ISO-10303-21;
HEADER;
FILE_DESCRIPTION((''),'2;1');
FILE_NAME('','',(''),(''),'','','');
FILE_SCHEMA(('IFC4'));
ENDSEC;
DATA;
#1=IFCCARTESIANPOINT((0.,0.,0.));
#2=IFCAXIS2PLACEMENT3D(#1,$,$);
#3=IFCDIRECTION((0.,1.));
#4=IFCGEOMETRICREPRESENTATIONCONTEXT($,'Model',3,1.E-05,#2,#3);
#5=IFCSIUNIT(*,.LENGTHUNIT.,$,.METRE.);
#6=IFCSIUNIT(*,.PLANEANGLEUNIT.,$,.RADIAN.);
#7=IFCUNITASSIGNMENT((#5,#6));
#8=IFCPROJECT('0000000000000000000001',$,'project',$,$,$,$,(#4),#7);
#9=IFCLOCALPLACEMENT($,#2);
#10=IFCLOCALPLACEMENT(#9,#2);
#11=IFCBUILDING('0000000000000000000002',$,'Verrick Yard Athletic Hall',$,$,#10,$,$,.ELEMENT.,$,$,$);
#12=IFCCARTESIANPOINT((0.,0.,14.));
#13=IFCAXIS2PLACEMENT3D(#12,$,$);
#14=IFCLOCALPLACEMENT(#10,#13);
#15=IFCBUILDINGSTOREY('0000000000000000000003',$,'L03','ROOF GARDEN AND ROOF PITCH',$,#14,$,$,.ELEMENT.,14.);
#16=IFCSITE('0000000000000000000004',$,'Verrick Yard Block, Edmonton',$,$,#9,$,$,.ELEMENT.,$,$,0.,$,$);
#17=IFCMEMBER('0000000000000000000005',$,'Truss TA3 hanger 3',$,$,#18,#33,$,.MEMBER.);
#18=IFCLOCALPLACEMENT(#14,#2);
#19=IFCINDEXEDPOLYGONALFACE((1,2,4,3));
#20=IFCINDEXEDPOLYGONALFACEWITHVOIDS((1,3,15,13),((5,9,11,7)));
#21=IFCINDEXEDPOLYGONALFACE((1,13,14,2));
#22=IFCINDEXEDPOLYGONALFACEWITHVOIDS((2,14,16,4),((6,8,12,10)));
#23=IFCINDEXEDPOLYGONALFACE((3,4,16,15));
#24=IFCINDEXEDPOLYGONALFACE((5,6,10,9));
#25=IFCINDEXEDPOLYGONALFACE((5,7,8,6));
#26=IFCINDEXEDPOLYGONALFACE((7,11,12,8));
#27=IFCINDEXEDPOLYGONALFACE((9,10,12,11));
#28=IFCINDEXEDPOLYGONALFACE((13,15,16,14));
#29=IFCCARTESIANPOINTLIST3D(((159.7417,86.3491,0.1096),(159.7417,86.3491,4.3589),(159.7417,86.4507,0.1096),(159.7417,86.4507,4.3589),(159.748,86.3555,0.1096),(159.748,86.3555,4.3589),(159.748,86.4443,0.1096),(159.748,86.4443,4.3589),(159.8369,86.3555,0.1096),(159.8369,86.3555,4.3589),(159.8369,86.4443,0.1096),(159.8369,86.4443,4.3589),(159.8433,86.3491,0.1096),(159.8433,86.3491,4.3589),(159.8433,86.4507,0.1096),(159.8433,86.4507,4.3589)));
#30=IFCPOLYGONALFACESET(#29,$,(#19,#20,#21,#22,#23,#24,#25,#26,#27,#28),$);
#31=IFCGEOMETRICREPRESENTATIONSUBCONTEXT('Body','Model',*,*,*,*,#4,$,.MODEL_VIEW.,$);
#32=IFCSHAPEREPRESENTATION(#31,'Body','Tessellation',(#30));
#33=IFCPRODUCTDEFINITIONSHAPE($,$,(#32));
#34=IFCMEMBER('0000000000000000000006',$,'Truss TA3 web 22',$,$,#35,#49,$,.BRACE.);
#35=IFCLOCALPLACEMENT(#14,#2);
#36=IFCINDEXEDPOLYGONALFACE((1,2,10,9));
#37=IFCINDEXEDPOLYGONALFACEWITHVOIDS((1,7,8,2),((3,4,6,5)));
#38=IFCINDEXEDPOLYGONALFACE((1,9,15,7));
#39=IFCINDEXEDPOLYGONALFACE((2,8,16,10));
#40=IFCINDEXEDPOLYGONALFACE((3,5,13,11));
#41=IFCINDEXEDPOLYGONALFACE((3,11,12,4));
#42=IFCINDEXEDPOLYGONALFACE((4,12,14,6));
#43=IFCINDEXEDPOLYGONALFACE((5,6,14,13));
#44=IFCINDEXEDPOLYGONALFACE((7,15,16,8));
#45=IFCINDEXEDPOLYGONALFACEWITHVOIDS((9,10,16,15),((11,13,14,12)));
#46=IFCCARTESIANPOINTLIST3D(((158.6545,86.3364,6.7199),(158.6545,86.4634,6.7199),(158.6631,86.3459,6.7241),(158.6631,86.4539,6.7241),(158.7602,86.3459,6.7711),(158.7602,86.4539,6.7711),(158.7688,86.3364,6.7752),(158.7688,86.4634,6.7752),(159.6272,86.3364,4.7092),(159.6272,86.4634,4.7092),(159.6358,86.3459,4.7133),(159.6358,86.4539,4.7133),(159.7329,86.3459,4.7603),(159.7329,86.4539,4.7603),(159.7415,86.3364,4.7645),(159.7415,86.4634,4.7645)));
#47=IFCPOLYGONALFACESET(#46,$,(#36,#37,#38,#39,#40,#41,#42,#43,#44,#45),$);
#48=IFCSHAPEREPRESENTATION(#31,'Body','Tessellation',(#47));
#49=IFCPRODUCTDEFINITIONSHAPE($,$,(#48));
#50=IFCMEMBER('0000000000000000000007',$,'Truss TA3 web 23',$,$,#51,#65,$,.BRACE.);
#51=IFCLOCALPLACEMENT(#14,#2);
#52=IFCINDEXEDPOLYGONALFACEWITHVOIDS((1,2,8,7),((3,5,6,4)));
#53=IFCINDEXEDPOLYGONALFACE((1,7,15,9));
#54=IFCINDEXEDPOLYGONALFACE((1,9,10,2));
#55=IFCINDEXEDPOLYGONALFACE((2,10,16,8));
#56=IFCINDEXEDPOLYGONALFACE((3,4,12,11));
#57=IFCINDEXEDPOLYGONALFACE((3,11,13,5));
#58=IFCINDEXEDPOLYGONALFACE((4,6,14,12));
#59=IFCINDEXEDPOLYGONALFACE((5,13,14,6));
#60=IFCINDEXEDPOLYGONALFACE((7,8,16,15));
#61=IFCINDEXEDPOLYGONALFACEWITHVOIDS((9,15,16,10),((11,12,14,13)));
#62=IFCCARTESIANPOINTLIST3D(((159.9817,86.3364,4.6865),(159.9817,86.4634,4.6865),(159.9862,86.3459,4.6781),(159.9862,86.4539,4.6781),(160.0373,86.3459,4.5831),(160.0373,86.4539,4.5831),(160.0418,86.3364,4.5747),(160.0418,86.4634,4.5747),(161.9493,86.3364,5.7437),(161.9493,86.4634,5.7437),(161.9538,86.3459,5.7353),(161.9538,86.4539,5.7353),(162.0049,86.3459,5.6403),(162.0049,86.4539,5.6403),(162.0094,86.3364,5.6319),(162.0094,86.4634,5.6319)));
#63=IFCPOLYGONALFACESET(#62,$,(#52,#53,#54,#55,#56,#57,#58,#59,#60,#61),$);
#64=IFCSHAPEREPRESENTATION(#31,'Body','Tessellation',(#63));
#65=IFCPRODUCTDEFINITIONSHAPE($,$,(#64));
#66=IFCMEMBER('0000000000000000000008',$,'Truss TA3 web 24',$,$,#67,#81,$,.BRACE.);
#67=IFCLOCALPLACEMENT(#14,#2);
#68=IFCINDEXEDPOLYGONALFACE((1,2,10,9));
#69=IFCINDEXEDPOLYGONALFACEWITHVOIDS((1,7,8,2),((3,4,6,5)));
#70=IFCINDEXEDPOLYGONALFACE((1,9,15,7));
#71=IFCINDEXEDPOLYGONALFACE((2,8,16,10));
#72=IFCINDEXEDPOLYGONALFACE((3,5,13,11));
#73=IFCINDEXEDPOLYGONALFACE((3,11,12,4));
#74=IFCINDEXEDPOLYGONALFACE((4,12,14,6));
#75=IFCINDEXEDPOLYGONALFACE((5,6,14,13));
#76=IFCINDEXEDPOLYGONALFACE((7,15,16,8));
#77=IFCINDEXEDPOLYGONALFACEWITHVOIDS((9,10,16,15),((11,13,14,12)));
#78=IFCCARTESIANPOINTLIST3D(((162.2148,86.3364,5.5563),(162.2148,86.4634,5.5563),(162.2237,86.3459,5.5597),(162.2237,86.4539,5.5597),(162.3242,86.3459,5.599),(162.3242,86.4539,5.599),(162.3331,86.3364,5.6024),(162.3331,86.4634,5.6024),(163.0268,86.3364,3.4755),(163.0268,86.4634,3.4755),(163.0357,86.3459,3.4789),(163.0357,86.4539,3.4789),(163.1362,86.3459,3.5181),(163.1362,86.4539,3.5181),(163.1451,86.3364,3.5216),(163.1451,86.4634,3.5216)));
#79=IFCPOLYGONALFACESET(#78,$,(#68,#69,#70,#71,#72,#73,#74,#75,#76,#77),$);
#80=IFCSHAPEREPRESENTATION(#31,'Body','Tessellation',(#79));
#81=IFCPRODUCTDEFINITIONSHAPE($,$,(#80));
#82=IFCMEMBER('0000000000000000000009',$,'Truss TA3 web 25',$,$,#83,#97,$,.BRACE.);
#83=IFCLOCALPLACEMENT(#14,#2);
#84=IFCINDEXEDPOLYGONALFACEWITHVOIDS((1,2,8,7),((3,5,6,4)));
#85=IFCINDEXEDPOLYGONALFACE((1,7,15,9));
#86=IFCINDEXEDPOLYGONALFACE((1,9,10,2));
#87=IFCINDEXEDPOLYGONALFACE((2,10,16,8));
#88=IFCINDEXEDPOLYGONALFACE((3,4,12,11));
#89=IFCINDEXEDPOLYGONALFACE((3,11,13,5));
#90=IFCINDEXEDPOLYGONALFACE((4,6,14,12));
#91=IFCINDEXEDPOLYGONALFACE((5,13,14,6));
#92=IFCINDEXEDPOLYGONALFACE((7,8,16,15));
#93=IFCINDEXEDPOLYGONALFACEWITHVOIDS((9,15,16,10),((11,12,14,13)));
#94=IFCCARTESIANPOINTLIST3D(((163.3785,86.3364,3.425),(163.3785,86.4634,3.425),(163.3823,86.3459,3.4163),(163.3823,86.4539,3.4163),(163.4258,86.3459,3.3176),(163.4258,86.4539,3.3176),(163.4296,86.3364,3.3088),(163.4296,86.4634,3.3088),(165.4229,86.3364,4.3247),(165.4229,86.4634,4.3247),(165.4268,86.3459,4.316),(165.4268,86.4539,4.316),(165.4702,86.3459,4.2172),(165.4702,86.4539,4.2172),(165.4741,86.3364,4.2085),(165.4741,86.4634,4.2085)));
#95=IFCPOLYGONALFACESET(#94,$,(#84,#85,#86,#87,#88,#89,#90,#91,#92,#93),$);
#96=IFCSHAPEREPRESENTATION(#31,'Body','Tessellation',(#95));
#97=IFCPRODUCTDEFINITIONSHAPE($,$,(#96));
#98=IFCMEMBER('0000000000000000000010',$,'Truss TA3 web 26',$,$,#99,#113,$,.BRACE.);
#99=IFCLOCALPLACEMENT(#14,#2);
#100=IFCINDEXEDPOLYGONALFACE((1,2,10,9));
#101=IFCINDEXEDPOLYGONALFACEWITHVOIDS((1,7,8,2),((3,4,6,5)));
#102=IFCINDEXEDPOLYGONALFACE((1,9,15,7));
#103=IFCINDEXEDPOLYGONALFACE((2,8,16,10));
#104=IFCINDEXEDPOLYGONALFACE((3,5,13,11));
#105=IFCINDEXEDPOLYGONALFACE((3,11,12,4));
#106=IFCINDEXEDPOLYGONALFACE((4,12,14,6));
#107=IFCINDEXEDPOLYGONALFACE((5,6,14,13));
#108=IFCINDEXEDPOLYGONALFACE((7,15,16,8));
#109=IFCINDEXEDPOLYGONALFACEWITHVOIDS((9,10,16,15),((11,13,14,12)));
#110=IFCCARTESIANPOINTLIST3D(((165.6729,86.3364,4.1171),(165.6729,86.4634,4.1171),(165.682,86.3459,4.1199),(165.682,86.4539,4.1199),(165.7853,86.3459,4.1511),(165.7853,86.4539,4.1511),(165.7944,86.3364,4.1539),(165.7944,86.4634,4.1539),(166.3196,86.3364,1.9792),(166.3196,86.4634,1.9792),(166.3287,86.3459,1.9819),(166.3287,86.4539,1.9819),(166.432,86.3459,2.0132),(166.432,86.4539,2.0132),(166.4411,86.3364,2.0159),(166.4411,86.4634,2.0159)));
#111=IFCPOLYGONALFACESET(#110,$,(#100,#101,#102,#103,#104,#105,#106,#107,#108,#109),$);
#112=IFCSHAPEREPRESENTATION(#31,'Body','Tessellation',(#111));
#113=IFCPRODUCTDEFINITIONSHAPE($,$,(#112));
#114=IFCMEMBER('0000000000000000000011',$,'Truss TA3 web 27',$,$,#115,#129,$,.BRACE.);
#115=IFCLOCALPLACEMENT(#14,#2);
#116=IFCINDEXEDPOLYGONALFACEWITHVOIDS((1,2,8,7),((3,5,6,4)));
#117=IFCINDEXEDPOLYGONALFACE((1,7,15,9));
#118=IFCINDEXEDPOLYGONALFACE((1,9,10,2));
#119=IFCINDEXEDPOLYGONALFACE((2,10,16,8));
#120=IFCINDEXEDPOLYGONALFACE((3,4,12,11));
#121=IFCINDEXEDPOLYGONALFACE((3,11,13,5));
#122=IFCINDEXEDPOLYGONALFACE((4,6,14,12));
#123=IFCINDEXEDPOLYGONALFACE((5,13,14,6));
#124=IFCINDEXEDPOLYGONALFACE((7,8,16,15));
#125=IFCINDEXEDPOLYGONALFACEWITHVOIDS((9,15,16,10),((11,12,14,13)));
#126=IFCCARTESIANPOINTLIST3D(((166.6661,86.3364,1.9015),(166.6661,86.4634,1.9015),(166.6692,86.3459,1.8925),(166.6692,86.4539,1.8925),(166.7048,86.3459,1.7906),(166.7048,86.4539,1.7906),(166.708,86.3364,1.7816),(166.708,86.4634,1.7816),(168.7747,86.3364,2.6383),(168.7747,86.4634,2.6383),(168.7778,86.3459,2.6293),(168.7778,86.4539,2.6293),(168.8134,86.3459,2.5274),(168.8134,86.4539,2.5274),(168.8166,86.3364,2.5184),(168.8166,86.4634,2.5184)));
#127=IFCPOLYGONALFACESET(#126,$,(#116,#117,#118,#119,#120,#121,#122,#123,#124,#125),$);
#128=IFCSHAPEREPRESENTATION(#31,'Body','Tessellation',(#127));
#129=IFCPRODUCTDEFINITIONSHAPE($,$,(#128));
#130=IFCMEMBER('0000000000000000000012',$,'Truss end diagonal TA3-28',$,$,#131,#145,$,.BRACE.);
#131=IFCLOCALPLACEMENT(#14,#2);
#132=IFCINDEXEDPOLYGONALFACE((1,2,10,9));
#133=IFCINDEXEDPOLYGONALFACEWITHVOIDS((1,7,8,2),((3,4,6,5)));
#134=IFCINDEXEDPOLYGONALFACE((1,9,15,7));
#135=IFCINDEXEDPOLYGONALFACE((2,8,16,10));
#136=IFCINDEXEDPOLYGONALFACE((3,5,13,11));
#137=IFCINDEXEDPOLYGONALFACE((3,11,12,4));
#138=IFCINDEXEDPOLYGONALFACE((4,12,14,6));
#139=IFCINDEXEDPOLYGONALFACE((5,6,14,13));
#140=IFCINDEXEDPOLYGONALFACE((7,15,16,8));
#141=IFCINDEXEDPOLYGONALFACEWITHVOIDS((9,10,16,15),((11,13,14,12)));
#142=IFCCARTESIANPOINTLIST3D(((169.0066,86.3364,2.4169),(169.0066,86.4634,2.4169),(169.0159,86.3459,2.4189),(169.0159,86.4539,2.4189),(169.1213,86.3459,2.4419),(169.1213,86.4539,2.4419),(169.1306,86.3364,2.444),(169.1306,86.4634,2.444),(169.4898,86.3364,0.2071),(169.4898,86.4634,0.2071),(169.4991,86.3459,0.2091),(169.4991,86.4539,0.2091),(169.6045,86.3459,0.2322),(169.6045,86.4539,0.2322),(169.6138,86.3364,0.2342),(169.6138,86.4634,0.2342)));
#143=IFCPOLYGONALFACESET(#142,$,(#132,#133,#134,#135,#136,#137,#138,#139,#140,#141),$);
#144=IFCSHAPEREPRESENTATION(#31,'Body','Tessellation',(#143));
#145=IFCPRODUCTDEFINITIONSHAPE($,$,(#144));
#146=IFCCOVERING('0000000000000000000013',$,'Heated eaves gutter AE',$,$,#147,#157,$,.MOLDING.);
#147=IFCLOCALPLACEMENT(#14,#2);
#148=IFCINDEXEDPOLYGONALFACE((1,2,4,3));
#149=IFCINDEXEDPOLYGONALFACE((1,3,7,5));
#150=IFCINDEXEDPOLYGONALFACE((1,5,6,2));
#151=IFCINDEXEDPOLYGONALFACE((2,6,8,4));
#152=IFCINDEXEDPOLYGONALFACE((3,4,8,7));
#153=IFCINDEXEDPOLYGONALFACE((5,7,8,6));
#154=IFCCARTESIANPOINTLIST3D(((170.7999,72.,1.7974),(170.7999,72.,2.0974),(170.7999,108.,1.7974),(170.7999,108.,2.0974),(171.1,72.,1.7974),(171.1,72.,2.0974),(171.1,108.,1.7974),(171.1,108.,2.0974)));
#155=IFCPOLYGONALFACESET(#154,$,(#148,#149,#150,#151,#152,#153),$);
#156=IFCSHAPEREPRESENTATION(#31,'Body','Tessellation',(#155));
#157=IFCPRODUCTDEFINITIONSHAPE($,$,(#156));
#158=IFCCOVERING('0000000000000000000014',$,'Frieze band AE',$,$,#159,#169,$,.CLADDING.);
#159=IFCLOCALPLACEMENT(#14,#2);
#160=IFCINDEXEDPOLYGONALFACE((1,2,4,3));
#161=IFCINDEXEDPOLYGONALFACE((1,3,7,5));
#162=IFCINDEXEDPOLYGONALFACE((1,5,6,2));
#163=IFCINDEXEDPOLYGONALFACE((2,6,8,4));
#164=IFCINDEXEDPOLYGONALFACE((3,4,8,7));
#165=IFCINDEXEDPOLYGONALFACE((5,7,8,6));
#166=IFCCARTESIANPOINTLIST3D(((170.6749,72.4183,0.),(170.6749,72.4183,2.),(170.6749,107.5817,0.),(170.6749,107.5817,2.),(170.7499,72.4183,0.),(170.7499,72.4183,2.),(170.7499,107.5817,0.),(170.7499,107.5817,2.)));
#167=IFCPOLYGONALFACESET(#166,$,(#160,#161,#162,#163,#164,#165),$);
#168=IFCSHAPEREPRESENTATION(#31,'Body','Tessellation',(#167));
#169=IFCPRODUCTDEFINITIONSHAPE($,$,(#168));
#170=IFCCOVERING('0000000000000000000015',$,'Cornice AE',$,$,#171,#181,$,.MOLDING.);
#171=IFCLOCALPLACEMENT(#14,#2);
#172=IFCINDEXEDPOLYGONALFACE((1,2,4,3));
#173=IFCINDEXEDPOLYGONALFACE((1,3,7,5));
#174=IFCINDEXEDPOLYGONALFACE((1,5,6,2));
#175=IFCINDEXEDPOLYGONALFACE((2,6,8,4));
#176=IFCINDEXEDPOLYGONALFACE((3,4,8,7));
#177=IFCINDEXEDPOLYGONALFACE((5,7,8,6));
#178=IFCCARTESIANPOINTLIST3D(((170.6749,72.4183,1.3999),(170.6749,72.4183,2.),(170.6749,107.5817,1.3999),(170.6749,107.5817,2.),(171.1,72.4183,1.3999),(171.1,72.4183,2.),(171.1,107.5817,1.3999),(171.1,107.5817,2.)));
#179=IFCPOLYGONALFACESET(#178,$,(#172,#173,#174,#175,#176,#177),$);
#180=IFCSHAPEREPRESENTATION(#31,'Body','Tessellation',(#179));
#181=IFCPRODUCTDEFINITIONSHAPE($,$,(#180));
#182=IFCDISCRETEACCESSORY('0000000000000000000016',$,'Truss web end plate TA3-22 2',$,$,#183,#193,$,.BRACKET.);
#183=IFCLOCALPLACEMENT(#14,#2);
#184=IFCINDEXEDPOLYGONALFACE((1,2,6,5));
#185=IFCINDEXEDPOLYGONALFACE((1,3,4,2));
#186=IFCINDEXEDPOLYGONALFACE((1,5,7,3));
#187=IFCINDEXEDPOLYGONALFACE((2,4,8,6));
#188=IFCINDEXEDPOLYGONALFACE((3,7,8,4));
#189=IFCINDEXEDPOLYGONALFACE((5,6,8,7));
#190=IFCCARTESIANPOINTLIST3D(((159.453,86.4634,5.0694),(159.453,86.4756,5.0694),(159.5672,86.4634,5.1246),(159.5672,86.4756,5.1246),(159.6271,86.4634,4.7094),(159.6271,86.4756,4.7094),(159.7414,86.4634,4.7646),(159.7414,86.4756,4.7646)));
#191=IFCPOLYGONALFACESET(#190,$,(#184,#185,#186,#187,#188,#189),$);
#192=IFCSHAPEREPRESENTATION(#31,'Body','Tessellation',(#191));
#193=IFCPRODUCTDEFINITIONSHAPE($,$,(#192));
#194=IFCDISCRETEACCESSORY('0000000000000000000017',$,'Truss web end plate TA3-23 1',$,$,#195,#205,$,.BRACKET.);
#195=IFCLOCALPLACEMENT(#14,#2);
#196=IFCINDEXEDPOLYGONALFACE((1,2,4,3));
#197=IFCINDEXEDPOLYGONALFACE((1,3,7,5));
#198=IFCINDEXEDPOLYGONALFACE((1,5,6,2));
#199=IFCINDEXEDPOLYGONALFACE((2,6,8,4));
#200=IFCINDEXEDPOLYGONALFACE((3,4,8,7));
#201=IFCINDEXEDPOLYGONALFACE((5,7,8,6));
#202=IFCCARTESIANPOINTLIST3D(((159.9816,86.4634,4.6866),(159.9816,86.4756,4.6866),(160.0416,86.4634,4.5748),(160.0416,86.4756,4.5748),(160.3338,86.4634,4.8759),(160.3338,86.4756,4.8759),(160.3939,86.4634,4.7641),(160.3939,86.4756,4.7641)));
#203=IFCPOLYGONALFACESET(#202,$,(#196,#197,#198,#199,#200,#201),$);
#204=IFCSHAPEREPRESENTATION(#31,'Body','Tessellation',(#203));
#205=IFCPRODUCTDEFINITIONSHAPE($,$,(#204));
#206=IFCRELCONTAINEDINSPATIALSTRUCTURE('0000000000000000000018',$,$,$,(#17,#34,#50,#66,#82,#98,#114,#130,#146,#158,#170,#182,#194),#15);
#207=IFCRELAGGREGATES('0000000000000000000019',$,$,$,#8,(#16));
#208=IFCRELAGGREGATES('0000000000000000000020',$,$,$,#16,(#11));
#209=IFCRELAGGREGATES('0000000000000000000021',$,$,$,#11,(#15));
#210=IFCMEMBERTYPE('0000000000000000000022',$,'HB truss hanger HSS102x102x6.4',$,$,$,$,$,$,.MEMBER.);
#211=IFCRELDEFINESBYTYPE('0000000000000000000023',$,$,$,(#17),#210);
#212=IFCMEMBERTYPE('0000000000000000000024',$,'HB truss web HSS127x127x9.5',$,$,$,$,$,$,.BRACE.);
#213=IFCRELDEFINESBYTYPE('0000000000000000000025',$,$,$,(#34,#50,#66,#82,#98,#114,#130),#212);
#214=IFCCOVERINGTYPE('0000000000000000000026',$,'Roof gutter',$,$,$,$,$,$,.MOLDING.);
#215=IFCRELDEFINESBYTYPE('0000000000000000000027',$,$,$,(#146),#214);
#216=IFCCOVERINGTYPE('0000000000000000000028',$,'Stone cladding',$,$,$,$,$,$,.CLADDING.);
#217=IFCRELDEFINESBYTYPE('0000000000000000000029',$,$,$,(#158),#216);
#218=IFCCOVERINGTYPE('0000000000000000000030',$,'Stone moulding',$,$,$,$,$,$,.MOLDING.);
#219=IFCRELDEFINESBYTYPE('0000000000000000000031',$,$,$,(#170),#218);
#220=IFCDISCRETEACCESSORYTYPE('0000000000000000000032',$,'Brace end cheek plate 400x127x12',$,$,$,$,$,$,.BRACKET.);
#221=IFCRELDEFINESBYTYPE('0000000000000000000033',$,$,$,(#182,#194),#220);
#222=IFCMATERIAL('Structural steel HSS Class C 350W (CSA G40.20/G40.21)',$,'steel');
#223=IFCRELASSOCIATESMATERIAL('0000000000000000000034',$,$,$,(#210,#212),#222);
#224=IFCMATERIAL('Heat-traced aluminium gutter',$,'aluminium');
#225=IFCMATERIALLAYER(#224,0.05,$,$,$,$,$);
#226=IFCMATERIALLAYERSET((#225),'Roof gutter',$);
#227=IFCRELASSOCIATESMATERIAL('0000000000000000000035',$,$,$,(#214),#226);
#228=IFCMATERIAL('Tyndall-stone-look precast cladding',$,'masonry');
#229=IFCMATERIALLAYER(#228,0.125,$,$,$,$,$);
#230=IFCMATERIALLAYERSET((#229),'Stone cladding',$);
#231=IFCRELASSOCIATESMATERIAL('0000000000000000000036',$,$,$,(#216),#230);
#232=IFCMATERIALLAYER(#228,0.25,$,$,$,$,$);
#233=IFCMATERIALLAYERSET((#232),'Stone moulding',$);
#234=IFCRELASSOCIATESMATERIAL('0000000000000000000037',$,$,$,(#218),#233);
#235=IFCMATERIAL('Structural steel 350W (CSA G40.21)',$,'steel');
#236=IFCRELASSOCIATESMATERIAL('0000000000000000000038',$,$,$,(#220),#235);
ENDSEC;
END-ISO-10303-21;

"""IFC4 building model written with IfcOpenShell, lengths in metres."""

from ifc_helpers import new_model, si_unit, direction, frame, origin, origin_2d, place, context, subcontext, project, spatial, rectangle, hollow_rectangle, extrude, material, layer, layer_set, material_profile, profile_set, type_object, element, save


model = new_model("IFC4")

# Units and contexts
model_context = context("Model", 3, precision=1e-05, world=origin(), true_north=direction((0.0, 1.0)))
body_context = subcontext(model_context, "Body", "Model", "MODEL_VIEW")
ifc_project = project(units=[si_unit("LENGTHUNIT", "METRE"), si_unit("PLANEANGLEUNIT", "RADIAN")], contexts=[model_context])

# Site, building, storey
site_placement = place(None, origin())
site = spatial("IfcSite", under=ifc_project, at=site_placement, Name="Verrick Yard Block, Edmonton", CompositionType="ELEMENT", RefElevation=0.0)
building_placement = place(site_placement, origin())
building = spatial("IfcBuilding", under=site, at=building_placement, Name="Verrick Yard Athletic Hall", CompositionType="ELEMENT")
storey_placement = place(building_placement, frame((0.0, 0.0, 14.0)))
storey = spatial("IfcBuildingStorey", under=building, at=storey_placement, Name="L03", Description="ROOF GARDEN AND ROOF PITCH", CompositionType="ELEMENT", Elevation=14.0)

# Members
ifc_material_1 = material(Name="Structural steel HSS Class C 350W (CSA G40.20/G40.21)", Category="steel")
ifc_material_profile_1 = material_profile(ifc_material_1, hollow_rectangle(XDim=0.1016, YDim=0.1016, WallThickness=0.0063, at=origin_2d()), Name="HSS102x102x6.4")
ifc_profile_set_1 = profile_set([ifc_material_profile_1], Name="Structural steel HSS Class C 350W (CSA G40.20/G40.21)")
member_type_1 = type_object("IfcMemberType", Name="HB truss hanger HSS102x102x6.4", PredefinedType="MEMBER", material=ifc_profile_set_1)
member_1_placement = place(storey_placement, frame((159.7925, 86.3999, 4.3589), z_axis=(0.0, 0.0, -1.0), x_axis=(0.0, -1.0, 0.0)))
element("IfcMember", 1, at=member_1_placement, inside=storey, type_object=member_type_1, Name="Truss TA3 hanger 3", PredefinedType="MEMBER", context=body_context, shape_type="SweptSolid", body=[
    extrude(hollow_rectangle(XDim=0.1016, YDim=0.1016, WallThickness=0.0063, at=origin_2d()), origin(), (0.0, 0.0, 1.0), 4.2493),
])
ifc_material_profile_2 = material_profile(ifc_material_1, hollow_rectangle(XDim=0.127, YDim=0.127, WallThickness=0.0095, at=origin_2d()), Name="HSS127x127x9.5")
ifc_profile_set_2 = profile_set([ifc_material_profile_2], Name="Structural steel HSS Class C 350W (CSA G40.20/G40.21)")
member_type_2 = type_object("IfcMemberType", Name="HB truss web HSS127x127x9.5", PredefinedType="BRACE", material=ifc_profile_set_2)
for number, where, z_axis, x_axis, name in (
    (2, (158.7117, 86.3999, 6.7476), (0.435458, 0.0, -0.900209), (0.0, 1.0, 0.0), "Truss TA3 web 22"),
    (3, (160.0117, 86.3999, 4.6306), (0.880902, 0.0, 0.473298), (0.0, 1.0, 0.0), "Truss TA3 web 23"),
    (4, (162.2739, 86.3999, 5.5793), (0.363538, 0.0, -0.931579), (0.0, 1.0, 0.0), "Truss TA3 web 24"),
    (5, (163.4041, 86.3999, 3.3669), (0.915297, 0.0, 0.402779), (0.0, 1.0, 0.0), "Truss TA3 web 25"),
    (6, (165.7336, 86.3999, 4.1355), (0.289543, 0.0, -0.957165), (0.0, 1.0, 0.0), "Truss TA3 web 26"),
    (7, (166.687, 86.3999, 1.8416), (0.944027, 0.0, 0.329868), (0.0, 1.0, 0.0), "Truss TA3 web 27"),
):
    element("IfcMember", number, at=place(storey_placement, frame(where, z_axis=z_axis, x_axis=x_axis)), inside=storey, type_object=member_type_2, Name=name, PredefinedType="BRACE", context=body_context, shape_type="SweptSolid", body=[
        extrude(hollow_rectangle(XDim=0.127, YDim=0.127, WallThickness=0.0095, at=origin_2d()), origin(), (0.0, 0.0, 1.0), 2.2336),
    ])
member_2_placement = place(storey_placement, frame((169.0686, 86.3999, 2.4304), z_axis=(0.213604, 0.0, -0.97692), x_axis=(0.0, 1.0, 0.0)))
element("IfcMember", 8, at=member_2_placement, inside=storey, type_object=member_type_2, Name="Truss end diagonal TA3-28", PredefinedType="BRACE", context=body_context, shape_type="SweptSolid", body=[
    extrude(hollow_rectangle(XDim=0.127, YDim=0.127, WallThickness=0.0095, at=origin_2d()), origin(), (0.0, 0.0, 1.0), 2.262),
])

# Coverings
ifc_material_2 = material(Name="Heat-traced aluminium gutter", Category="aluminium")
ifc_layer_1 = layer(ifc_material_2, 0.05)
ifc_layer_set_1 = layer_set([ifc_layer_1], Name="Roof gutter")
covering_type_1 = type_object("IfcCoveringType", Name="Roof gutter", PredefinedType="MOLDING", material=ifc_layer_set_1)
covering_1_placement = place(storey_placement, frame((170.95, 90.0, 1.7974), z_axis=(0.0, 0.0, 1.0), x_axis=(1.0, 0.0, 0.0)))
element("IfcCovering", 9, at=covering_1_placement, inside=storey, type_object=covering_type_1, Name="Heated eaves gutter AE", PredefinedType="MOLDING", context=body_context, shape_type="SweptSolid", body=[
    extrude(rectangle(XDim=0.3, YDim=36.0, at=origin_2d()), origin(), (0.0, 0.0, 1.0), 0.3),
])
ifc_material_3 = material(Name="Tyndall-stone-look precast cladding", Category="masonry")
ifc_layer_2 = layer(ifc_material_3, 0.125)
ifc_layer_set_2 = layer_set([ifc_layer_2], Name="Stone cladding")
covering_type_2 = type_object("IfcCoveringType", Name="Stone cladding", PredefinedType="CLADDING", material=ifc_layer_set_2)
covering_2_placement = place(storey_placement, frame((170.7124, 90.0, 0.0), z_axis=(0.0, 0.0, 1.0), x_axis=(1.0, 0.0, 0.0)))
element("IfcCovering", 10, at=covering_2_placement, inside=storey, type_object=covering_type_2, Name="Frieze band AE", PredefinedType="CLADDING", context=body_context, shape_type="SweptSolid", body=[
    extrude(rectangle(XDim=0.075, YDim=35.1633, at=origin_2d()), origin(), (0.0, 0.0, 1.0), 2.0),
])
ifc_layer_3 = layer(ifc_material_3, 0.25)
ifc_layer_set_3 = layer_set([ifc_layer_3], Name="Stone moulding")
covering_type_3 = type_object("IfcCoveringType", Name="Stone moulding", PredefinedType="MOLDING", material=ifc_layer_set_3)
covering_3_placement = place(storey_placement, frame((170.8875, 90.0, 1.3999), z_axis=(0.0, 0.0, 1.0), x_axis=(1.0, 0.0, 0.0)))
element("IfcCovering", 11, at=covering_3_placement, inside=storey, type_object=covering_type_3, Name="Cornice AE", PredefinedType="MOLDING", context=body_context, shape_type="SweptSolid", body=[
    extrude(rectangle(XDim=0.425, YDim=35.1633, at=origin_2d()), origin(), (0.0, 0.0, 1.0), 0.6001),
])

# Discrete accessories
ifc_material_4 = material(Name="Structural steel 350W (CSA G40.21)", Category="steel")
ifc_material_profile_3 = material_profile(ifc_material_4, rectangle(XDim=0.3999, YDim=0.127, at=origin_2d()), Name="Brace end cheek plate")
ifc_profile_set_3 = profile_set([ifc_material_profile_3], Name="Structural steel 350W (CSA G40.21)")
discrete_accessory_type_1 = type_object("IfcDiscreteAccessoryType", Name="Brace end cheek plate 400x127x12", PredefinedType="BRACKET", material=ifc_profile_set_3)
for number, where, z_axis, x_axis, name in (
    (12, (159.5972, 86.4634, 4.917), (0.0, 1.0, 0.0), (-0.435417, 0.0, 0.900229), "Truss web end plate TA3-22 2"),
    (13, (160.1877, 86.4634, 4.7253), (0.0, 1.0, 0.0), (0.88092, 0.0, 0.473265), "Truss web end plate TA3-23 1"),
):
    element("IfcDiscreteAccessory", number, at=place(storey_placement, frame(where, z_axis=z_axis, x_axis=x_axis)), inside=storey, type_object=discrete_accessory_type_1, Name=name, PredefinedType="BRACKET", context=body_context, shape_type="SweptSolid", body=[
        extrude(rectangle(XDim=0.3999, YDim=0.127, at=origin_2d()), origin(), (0.0, 0.0, 1.0), 0.0122),
    ])

save(model, "model.ifc")
